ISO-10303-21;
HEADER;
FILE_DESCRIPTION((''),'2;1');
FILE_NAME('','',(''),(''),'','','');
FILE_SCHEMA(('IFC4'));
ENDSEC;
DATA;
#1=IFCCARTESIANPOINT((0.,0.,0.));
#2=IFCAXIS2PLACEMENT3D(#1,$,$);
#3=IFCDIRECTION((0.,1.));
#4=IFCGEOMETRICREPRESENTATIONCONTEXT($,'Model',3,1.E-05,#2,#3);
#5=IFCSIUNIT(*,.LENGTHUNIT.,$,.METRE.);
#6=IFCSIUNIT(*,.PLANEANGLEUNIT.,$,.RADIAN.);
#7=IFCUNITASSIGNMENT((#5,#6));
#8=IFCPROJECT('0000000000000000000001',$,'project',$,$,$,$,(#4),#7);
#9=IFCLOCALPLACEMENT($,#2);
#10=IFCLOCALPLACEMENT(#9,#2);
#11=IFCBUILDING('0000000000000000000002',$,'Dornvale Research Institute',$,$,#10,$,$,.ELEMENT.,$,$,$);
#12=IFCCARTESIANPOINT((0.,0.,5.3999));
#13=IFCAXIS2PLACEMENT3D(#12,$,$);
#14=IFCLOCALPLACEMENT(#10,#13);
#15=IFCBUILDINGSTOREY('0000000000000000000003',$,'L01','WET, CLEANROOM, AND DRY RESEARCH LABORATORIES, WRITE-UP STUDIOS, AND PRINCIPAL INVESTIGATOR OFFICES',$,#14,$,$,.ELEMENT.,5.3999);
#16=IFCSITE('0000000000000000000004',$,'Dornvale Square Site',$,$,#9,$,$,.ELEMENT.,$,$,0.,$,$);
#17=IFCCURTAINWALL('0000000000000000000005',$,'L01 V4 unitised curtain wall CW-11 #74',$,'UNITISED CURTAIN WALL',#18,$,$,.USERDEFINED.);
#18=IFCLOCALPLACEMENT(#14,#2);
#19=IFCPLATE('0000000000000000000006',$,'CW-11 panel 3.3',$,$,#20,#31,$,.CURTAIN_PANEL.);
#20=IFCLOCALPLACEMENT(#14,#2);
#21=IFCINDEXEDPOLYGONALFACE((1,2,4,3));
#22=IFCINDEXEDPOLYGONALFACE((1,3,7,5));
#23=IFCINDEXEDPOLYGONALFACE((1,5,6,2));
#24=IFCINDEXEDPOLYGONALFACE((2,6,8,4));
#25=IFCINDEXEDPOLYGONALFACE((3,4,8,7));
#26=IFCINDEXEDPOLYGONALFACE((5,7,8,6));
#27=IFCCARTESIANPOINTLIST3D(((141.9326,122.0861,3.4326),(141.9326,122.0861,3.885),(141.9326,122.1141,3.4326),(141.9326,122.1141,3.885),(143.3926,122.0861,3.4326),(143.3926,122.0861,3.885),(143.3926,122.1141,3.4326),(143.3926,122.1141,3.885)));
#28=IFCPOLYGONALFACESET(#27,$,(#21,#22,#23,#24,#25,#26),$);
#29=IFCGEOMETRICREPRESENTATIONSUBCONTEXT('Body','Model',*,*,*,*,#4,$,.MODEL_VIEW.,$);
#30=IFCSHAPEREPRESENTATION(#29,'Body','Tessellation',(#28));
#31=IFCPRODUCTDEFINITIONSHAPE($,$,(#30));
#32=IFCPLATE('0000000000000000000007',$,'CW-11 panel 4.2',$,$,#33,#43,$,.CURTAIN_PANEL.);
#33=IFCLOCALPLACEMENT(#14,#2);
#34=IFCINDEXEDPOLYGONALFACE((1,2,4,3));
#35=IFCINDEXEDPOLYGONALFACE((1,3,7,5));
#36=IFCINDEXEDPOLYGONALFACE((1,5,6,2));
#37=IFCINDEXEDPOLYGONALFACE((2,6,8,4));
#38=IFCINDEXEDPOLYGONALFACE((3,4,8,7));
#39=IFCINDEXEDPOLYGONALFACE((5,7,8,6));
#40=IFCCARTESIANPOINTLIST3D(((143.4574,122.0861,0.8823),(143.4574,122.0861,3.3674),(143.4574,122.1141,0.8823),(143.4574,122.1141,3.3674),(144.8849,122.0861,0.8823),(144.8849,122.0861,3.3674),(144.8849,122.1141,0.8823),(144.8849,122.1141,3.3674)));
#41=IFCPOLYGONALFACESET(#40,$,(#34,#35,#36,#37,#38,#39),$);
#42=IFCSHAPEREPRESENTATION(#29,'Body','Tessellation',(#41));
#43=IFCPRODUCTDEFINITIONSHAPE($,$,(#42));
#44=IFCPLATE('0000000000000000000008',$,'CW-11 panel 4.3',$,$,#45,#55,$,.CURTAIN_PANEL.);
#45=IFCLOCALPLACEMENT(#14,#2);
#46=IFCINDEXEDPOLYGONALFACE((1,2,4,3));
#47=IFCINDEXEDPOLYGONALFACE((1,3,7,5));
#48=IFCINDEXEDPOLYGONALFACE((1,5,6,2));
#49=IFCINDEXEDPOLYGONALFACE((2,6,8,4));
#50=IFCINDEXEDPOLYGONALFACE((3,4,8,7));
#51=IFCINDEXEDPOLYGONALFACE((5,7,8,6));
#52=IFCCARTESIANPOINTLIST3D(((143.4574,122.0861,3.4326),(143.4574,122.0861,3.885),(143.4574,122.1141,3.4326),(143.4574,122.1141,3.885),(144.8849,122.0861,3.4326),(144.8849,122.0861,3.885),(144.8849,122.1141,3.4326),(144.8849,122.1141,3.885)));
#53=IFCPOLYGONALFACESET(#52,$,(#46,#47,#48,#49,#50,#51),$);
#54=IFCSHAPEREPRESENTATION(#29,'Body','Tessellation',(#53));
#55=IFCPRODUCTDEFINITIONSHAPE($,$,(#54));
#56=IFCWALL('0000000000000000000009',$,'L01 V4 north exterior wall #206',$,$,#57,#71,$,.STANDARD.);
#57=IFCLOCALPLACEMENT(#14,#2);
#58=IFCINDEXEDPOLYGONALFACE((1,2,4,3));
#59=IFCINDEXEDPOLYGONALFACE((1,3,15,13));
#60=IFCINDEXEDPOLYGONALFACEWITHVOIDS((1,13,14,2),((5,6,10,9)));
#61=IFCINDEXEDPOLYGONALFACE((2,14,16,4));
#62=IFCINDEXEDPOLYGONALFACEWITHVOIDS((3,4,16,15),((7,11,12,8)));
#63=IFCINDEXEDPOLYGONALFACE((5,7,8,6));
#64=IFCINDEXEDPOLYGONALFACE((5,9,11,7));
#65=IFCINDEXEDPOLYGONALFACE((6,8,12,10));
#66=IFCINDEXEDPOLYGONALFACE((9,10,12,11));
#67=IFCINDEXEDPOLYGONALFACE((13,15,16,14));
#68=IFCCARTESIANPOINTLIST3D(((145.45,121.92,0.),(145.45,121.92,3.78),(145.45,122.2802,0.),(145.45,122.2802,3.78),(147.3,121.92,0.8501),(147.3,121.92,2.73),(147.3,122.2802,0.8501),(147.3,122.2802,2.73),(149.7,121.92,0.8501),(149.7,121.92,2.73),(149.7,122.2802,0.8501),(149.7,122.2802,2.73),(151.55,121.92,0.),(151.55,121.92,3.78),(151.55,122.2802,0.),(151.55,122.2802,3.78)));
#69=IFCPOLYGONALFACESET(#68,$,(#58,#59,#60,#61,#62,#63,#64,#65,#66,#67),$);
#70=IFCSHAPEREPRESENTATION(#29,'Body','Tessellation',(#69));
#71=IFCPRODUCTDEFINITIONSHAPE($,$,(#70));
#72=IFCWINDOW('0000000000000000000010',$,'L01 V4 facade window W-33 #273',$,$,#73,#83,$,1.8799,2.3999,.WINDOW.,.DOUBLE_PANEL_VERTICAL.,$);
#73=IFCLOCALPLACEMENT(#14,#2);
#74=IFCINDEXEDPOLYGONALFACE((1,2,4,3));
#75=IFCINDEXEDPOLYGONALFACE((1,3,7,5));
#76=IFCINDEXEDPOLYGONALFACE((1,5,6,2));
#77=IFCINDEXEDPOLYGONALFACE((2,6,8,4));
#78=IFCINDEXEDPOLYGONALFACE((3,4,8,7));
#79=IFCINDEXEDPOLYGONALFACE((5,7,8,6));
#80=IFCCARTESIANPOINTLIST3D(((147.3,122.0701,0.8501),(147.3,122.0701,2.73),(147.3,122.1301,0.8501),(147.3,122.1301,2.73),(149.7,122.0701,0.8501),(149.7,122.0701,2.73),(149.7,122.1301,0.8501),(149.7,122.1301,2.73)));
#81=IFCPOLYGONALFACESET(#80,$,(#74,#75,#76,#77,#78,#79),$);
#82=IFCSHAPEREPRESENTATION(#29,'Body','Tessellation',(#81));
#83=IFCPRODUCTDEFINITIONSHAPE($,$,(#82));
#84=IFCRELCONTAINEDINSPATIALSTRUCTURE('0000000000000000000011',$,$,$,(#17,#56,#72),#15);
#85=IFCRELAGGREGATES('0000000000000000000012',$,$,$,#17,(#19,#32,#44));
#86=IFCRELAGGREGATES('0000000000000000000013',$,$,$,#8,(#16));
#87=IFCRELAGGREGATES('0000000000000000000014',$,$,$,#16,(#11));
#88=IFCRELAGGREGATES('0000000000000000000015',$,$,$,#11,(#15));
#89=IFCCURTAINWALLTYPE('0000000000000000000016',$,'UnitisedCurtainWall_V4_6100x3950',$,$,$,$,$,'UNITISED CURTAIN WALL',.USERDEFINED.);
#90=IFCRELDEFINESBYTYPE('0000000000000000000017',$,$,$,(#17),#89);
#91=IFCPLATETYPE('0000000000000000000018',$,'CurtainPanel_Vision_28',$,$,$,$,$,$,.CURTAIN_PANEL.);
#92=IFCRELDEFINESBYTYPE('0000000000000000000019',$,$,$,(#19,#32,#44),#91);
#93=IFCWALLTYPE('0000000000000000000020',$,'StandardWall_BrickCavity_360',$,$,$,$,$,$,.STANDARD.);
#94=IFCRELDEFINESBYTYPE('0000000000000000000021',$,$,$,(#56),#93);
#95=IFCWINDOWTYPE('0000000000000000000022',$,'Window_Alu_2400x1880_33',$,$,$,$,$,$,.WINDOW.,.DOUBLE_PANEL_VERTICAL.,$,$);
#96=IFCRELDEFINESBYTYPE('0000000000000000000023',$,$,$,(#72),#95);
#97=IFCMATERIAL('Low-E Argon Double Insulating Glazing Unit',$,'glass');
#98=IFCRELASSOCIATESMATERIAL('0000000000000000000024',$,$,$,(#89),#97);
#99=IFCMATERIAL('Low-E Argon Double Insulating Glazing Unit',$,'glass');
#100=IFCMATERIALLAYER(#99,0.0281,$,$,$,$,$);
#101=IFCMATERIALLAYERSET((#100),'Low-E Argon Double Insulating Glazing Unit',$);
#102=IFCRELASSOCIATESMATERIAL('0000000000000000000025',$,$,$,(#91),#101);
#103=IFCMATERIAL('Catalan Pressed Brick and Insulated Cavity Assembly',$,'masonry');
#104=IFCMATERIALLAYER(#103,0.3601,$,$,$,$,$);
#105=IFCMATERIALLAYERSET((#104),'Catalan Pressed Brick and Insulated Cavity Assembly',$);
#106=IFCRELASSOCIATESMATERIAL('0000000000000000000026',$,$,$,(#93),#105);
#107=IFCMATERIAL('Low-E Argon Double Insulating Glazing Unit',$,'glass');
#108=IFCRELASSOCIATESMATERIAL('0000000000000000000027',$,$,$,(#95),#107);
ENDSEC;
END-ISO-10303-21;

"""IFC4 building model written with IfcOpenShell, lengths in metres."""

from ifc_helpers import new_model, si_unit, direction, frame, frame_2d, origin, origin_2d, place, context, subcontext, project, spatial, rectangle, extrude, material, layer, layer_set, type_object, element, fill, aggregate, save


model = new_model("IFC4")

# Units and contexts
model_context = context("Model", 3, precision=1e-05, world=origin(), true_north=direction((0.0, 1.0)))
body_context = subcontext(model_context, "Body", "Model", "MODEL_VIEW")
ifc_project = project(units=[si_unit("LENGTHUNIT", "METRE"), si_unit("PLANEANGLEUNIT", "RADIAN")], contexts=[model_context])

# Site, building, storey
site_placement = place(None, origin())
site = spatial("IfcSite", under=ifc_project, at=site_placement, Name="Dornvale Square Site", CompositionType="ELEMENT", RefElevation=0.0)
building_placement = place(site_placement, origin())
building = spatial("IfcBuilding", under=site, at=building_placement, Name="Dornvale Research Institute", CompositionType="ELEMENT")
storey_placement = place(building_placement, frame((0.0, 0.0, 5.3999)))
storey = spatial("IfcBuildingStorey", under=building, at=storey_placement, Name="L01", Description="WET, CLEANROOM, AND DRY RESEARCH LABORATORIES, WRITE-UP STUDIOS, AND PRINCIPAL INVESTIGATOR OFFICES", CompositionType="ELEMENT", Elevation=5.3999)

# Curtain wall
ifc_material_1 = material(Name="Low-E Argon Double Insulating Glazing Unit", Category="glass")
curtain_wall_type = type_object("IfcCurtainWallType", Name="UnitisedCurtainWall_V4_6100x3950", ElementType="UNITISED CURTAIN WALL", PredefinedType="USERDEFINED", material=ifc_material_1)
curtain_wall_1_placement = place(storey_placement, origin())
curtain_wall_1 = element("IfcCurtainWall", 1, at=curtain_wall_1_placement, inside=storey, type_object=curtain_wall_type, Name="L01 V4 unitised curtain wall CW-11 #74", ObjectType="UNITISED CURTAIN WALL", PredefinedType="USERDEFINED")

# Plates
ifc_material_2 = material(Name="Low-E Argon Double Insulating Glazing Unit", Category="glass")
ifc_layer_1 = layer(ifc_material_2, 0.0281)
ifc_layer_set_1 = layer_set([ifc_layer_1], Name="Low-E Argon Double Insulating Glazing Unit")
plate_type_1 = type_object("IfcPlateType", Name="CurtainPanel_Vision_28", PredefinedType="CURTAIN_PANEL", material=ifc_layer_set_1)
plate_1_placement = place(storey_placement, frame((142.6626, 122.1001, 3.4326), z_axis=(0.0, 0.0, 1.0), x_axis=(1.0, 0.0, 0.0)))
plate_1 = element("IfcPlate", 2, at=plate_1_placement, type_object=plate_type_1, Name="CW-11 panel 3.3", PredefinedType="CURTAIN_PANEL", context=body_context, shape_type="SweptSolid", body=[
    extrude(rectangle(XDim=1.46, YDim=0.0281, at=origin_2d()), origin(), (0.0, 0.0, 1.0), 0.4524),
])
plate_2_placement = place(storey_placement, frame((144.1711, 122.1001, 0.8823), z_axis=(0.0, 0.0, 1.0), x_axis=(1.0, 0.0, 0.0)))
plate_2 = element("IfcPlate", 3, at=plate_2_placement, type_object=plate_type_1, Name="CW-11 panel 4.2", PredefinedType="CURTAIN_PANEL", context=body_context, shape_type="SweptSolid", body=[
    extrude(rectangle(XDim=1.4275, YDim=0.0281, at=origin_2d()), origin(), (0.0, 0.0, 1.0), 2.4851),
])
plate_3_placement = place(storey_placement, frame((144.1711, 122.1001, 3.4326), z_axis=(0.0, 0.0, 1.0), x_axis=(1.0, 0.0, 0.0)))
plate_3 = element("IfcPlate", 4, at=plate_3_placement, type_object=plate_type_1, Name="CW-11 panel 4.3", PredefinedType="CURTAIN_PANEL", context=body_context, shape_type="SweptSolid", body=[
    extrude(rectangle(XDim=1.4275, YDim=0.0281, at=origin_2d()), origin(), (0.0, 0.0, 1.0), 0.4524),
])
aggregate(curtain_wall_1, [plate_1, plate_2, plate_3])

# Wall, opening, window
ifc_material_3 = material(Name="Catalan Pressed Brick and Insulated Cavity Assembly", Category="masonry")
ifc_layer_2 = layer(ifc_material_3, 0.3601)
ifc_layer_set_2 = layer_set([ifc_layer_2], Name="Catalan Pressed Brick and Insulated Cavity Assembly")
wall_type = type_object("IfcWallType", Name="StandardWall_BrickCavity_360", PredefinedType="STANDARD", material=ifc_layer_set_2)
wall_placement = place(storey_placement, frame((145.45, 122.1001, 0.0), z_axis=(0.0, 0.0, 1.0), x_axis=(1.0, 0.0, 0.0)))
wall = element("IfcWall", 5, at=wall_placement, inside=storey, type_object=wall_type, Name="L01 V4 north exterior wall #206", PredefinedType="STANDARD", context=body_context, shape_type="SweptSolid", body=[
    extrude(rectangle(XDim=6.1001, YDim=0.3601, at=frame_2d((3.05, 0.0))), origin(), (0.0, 0.0, 1.0), 3.78),
])
opening_placement = place(wall_placement, frame((1.8501, 0.0, 0.8501)))
opening = element("IfcOpeningElement", 6, at=opening_placement, cuts=wall, PredefinedType="OPENING", context=body_context, shape_type="SweptSolid", body=[
    extrude(rectangle(XDim=2.3999, YDim=1.8799, at=frame_2d((1.2, 0.9399))), frame((0.0, 0.1951, 0.0), z_axis=(0.0, -1.0, 0.0), x_axis=(1.0, 0.0, 0.0)), (0.0, 0.0, 1.0), 0.3901),
])
ifc_material_4 = material(Name="Low-E Argon Double Insulating Glazing Unit", Category="glass")
window_type = type_object("IfcWindowType", Name="Window_Alu_2400x1880_33", PartitioningType="DOUBLE_PANEL_VERTICAL", PredefinedType="WINDOW", material=ifc_material_4)
window_placement = place(opening_placement, origin())
window = element("IfcWindow", 7, at=window_placement, inside=storey, type_object=window_type, Name="L01 V4 facade window W-33 #273", OverallHeight=1.8799, OverallWidth=2.3999, PartitioningType="DOUBLE_PANEL_VERTICAL", PredefinedType="WINDOW", context=body_context, shape_type="SweptSolid", body=[
    extrude(rectangle(XDim=2.3999, YDim=1.8799, at=frame_2d((1.2, 0.9399))), frame((0.0, 0.03, 0.0), z_axis=(0.0, -1.0, 0.0), x_axis=(1.0, 0.0, 0.0)), (0.0, 0.0, 1.0), 0.0601),
])
fill(opening, window)

save(model, "model.ifc")
